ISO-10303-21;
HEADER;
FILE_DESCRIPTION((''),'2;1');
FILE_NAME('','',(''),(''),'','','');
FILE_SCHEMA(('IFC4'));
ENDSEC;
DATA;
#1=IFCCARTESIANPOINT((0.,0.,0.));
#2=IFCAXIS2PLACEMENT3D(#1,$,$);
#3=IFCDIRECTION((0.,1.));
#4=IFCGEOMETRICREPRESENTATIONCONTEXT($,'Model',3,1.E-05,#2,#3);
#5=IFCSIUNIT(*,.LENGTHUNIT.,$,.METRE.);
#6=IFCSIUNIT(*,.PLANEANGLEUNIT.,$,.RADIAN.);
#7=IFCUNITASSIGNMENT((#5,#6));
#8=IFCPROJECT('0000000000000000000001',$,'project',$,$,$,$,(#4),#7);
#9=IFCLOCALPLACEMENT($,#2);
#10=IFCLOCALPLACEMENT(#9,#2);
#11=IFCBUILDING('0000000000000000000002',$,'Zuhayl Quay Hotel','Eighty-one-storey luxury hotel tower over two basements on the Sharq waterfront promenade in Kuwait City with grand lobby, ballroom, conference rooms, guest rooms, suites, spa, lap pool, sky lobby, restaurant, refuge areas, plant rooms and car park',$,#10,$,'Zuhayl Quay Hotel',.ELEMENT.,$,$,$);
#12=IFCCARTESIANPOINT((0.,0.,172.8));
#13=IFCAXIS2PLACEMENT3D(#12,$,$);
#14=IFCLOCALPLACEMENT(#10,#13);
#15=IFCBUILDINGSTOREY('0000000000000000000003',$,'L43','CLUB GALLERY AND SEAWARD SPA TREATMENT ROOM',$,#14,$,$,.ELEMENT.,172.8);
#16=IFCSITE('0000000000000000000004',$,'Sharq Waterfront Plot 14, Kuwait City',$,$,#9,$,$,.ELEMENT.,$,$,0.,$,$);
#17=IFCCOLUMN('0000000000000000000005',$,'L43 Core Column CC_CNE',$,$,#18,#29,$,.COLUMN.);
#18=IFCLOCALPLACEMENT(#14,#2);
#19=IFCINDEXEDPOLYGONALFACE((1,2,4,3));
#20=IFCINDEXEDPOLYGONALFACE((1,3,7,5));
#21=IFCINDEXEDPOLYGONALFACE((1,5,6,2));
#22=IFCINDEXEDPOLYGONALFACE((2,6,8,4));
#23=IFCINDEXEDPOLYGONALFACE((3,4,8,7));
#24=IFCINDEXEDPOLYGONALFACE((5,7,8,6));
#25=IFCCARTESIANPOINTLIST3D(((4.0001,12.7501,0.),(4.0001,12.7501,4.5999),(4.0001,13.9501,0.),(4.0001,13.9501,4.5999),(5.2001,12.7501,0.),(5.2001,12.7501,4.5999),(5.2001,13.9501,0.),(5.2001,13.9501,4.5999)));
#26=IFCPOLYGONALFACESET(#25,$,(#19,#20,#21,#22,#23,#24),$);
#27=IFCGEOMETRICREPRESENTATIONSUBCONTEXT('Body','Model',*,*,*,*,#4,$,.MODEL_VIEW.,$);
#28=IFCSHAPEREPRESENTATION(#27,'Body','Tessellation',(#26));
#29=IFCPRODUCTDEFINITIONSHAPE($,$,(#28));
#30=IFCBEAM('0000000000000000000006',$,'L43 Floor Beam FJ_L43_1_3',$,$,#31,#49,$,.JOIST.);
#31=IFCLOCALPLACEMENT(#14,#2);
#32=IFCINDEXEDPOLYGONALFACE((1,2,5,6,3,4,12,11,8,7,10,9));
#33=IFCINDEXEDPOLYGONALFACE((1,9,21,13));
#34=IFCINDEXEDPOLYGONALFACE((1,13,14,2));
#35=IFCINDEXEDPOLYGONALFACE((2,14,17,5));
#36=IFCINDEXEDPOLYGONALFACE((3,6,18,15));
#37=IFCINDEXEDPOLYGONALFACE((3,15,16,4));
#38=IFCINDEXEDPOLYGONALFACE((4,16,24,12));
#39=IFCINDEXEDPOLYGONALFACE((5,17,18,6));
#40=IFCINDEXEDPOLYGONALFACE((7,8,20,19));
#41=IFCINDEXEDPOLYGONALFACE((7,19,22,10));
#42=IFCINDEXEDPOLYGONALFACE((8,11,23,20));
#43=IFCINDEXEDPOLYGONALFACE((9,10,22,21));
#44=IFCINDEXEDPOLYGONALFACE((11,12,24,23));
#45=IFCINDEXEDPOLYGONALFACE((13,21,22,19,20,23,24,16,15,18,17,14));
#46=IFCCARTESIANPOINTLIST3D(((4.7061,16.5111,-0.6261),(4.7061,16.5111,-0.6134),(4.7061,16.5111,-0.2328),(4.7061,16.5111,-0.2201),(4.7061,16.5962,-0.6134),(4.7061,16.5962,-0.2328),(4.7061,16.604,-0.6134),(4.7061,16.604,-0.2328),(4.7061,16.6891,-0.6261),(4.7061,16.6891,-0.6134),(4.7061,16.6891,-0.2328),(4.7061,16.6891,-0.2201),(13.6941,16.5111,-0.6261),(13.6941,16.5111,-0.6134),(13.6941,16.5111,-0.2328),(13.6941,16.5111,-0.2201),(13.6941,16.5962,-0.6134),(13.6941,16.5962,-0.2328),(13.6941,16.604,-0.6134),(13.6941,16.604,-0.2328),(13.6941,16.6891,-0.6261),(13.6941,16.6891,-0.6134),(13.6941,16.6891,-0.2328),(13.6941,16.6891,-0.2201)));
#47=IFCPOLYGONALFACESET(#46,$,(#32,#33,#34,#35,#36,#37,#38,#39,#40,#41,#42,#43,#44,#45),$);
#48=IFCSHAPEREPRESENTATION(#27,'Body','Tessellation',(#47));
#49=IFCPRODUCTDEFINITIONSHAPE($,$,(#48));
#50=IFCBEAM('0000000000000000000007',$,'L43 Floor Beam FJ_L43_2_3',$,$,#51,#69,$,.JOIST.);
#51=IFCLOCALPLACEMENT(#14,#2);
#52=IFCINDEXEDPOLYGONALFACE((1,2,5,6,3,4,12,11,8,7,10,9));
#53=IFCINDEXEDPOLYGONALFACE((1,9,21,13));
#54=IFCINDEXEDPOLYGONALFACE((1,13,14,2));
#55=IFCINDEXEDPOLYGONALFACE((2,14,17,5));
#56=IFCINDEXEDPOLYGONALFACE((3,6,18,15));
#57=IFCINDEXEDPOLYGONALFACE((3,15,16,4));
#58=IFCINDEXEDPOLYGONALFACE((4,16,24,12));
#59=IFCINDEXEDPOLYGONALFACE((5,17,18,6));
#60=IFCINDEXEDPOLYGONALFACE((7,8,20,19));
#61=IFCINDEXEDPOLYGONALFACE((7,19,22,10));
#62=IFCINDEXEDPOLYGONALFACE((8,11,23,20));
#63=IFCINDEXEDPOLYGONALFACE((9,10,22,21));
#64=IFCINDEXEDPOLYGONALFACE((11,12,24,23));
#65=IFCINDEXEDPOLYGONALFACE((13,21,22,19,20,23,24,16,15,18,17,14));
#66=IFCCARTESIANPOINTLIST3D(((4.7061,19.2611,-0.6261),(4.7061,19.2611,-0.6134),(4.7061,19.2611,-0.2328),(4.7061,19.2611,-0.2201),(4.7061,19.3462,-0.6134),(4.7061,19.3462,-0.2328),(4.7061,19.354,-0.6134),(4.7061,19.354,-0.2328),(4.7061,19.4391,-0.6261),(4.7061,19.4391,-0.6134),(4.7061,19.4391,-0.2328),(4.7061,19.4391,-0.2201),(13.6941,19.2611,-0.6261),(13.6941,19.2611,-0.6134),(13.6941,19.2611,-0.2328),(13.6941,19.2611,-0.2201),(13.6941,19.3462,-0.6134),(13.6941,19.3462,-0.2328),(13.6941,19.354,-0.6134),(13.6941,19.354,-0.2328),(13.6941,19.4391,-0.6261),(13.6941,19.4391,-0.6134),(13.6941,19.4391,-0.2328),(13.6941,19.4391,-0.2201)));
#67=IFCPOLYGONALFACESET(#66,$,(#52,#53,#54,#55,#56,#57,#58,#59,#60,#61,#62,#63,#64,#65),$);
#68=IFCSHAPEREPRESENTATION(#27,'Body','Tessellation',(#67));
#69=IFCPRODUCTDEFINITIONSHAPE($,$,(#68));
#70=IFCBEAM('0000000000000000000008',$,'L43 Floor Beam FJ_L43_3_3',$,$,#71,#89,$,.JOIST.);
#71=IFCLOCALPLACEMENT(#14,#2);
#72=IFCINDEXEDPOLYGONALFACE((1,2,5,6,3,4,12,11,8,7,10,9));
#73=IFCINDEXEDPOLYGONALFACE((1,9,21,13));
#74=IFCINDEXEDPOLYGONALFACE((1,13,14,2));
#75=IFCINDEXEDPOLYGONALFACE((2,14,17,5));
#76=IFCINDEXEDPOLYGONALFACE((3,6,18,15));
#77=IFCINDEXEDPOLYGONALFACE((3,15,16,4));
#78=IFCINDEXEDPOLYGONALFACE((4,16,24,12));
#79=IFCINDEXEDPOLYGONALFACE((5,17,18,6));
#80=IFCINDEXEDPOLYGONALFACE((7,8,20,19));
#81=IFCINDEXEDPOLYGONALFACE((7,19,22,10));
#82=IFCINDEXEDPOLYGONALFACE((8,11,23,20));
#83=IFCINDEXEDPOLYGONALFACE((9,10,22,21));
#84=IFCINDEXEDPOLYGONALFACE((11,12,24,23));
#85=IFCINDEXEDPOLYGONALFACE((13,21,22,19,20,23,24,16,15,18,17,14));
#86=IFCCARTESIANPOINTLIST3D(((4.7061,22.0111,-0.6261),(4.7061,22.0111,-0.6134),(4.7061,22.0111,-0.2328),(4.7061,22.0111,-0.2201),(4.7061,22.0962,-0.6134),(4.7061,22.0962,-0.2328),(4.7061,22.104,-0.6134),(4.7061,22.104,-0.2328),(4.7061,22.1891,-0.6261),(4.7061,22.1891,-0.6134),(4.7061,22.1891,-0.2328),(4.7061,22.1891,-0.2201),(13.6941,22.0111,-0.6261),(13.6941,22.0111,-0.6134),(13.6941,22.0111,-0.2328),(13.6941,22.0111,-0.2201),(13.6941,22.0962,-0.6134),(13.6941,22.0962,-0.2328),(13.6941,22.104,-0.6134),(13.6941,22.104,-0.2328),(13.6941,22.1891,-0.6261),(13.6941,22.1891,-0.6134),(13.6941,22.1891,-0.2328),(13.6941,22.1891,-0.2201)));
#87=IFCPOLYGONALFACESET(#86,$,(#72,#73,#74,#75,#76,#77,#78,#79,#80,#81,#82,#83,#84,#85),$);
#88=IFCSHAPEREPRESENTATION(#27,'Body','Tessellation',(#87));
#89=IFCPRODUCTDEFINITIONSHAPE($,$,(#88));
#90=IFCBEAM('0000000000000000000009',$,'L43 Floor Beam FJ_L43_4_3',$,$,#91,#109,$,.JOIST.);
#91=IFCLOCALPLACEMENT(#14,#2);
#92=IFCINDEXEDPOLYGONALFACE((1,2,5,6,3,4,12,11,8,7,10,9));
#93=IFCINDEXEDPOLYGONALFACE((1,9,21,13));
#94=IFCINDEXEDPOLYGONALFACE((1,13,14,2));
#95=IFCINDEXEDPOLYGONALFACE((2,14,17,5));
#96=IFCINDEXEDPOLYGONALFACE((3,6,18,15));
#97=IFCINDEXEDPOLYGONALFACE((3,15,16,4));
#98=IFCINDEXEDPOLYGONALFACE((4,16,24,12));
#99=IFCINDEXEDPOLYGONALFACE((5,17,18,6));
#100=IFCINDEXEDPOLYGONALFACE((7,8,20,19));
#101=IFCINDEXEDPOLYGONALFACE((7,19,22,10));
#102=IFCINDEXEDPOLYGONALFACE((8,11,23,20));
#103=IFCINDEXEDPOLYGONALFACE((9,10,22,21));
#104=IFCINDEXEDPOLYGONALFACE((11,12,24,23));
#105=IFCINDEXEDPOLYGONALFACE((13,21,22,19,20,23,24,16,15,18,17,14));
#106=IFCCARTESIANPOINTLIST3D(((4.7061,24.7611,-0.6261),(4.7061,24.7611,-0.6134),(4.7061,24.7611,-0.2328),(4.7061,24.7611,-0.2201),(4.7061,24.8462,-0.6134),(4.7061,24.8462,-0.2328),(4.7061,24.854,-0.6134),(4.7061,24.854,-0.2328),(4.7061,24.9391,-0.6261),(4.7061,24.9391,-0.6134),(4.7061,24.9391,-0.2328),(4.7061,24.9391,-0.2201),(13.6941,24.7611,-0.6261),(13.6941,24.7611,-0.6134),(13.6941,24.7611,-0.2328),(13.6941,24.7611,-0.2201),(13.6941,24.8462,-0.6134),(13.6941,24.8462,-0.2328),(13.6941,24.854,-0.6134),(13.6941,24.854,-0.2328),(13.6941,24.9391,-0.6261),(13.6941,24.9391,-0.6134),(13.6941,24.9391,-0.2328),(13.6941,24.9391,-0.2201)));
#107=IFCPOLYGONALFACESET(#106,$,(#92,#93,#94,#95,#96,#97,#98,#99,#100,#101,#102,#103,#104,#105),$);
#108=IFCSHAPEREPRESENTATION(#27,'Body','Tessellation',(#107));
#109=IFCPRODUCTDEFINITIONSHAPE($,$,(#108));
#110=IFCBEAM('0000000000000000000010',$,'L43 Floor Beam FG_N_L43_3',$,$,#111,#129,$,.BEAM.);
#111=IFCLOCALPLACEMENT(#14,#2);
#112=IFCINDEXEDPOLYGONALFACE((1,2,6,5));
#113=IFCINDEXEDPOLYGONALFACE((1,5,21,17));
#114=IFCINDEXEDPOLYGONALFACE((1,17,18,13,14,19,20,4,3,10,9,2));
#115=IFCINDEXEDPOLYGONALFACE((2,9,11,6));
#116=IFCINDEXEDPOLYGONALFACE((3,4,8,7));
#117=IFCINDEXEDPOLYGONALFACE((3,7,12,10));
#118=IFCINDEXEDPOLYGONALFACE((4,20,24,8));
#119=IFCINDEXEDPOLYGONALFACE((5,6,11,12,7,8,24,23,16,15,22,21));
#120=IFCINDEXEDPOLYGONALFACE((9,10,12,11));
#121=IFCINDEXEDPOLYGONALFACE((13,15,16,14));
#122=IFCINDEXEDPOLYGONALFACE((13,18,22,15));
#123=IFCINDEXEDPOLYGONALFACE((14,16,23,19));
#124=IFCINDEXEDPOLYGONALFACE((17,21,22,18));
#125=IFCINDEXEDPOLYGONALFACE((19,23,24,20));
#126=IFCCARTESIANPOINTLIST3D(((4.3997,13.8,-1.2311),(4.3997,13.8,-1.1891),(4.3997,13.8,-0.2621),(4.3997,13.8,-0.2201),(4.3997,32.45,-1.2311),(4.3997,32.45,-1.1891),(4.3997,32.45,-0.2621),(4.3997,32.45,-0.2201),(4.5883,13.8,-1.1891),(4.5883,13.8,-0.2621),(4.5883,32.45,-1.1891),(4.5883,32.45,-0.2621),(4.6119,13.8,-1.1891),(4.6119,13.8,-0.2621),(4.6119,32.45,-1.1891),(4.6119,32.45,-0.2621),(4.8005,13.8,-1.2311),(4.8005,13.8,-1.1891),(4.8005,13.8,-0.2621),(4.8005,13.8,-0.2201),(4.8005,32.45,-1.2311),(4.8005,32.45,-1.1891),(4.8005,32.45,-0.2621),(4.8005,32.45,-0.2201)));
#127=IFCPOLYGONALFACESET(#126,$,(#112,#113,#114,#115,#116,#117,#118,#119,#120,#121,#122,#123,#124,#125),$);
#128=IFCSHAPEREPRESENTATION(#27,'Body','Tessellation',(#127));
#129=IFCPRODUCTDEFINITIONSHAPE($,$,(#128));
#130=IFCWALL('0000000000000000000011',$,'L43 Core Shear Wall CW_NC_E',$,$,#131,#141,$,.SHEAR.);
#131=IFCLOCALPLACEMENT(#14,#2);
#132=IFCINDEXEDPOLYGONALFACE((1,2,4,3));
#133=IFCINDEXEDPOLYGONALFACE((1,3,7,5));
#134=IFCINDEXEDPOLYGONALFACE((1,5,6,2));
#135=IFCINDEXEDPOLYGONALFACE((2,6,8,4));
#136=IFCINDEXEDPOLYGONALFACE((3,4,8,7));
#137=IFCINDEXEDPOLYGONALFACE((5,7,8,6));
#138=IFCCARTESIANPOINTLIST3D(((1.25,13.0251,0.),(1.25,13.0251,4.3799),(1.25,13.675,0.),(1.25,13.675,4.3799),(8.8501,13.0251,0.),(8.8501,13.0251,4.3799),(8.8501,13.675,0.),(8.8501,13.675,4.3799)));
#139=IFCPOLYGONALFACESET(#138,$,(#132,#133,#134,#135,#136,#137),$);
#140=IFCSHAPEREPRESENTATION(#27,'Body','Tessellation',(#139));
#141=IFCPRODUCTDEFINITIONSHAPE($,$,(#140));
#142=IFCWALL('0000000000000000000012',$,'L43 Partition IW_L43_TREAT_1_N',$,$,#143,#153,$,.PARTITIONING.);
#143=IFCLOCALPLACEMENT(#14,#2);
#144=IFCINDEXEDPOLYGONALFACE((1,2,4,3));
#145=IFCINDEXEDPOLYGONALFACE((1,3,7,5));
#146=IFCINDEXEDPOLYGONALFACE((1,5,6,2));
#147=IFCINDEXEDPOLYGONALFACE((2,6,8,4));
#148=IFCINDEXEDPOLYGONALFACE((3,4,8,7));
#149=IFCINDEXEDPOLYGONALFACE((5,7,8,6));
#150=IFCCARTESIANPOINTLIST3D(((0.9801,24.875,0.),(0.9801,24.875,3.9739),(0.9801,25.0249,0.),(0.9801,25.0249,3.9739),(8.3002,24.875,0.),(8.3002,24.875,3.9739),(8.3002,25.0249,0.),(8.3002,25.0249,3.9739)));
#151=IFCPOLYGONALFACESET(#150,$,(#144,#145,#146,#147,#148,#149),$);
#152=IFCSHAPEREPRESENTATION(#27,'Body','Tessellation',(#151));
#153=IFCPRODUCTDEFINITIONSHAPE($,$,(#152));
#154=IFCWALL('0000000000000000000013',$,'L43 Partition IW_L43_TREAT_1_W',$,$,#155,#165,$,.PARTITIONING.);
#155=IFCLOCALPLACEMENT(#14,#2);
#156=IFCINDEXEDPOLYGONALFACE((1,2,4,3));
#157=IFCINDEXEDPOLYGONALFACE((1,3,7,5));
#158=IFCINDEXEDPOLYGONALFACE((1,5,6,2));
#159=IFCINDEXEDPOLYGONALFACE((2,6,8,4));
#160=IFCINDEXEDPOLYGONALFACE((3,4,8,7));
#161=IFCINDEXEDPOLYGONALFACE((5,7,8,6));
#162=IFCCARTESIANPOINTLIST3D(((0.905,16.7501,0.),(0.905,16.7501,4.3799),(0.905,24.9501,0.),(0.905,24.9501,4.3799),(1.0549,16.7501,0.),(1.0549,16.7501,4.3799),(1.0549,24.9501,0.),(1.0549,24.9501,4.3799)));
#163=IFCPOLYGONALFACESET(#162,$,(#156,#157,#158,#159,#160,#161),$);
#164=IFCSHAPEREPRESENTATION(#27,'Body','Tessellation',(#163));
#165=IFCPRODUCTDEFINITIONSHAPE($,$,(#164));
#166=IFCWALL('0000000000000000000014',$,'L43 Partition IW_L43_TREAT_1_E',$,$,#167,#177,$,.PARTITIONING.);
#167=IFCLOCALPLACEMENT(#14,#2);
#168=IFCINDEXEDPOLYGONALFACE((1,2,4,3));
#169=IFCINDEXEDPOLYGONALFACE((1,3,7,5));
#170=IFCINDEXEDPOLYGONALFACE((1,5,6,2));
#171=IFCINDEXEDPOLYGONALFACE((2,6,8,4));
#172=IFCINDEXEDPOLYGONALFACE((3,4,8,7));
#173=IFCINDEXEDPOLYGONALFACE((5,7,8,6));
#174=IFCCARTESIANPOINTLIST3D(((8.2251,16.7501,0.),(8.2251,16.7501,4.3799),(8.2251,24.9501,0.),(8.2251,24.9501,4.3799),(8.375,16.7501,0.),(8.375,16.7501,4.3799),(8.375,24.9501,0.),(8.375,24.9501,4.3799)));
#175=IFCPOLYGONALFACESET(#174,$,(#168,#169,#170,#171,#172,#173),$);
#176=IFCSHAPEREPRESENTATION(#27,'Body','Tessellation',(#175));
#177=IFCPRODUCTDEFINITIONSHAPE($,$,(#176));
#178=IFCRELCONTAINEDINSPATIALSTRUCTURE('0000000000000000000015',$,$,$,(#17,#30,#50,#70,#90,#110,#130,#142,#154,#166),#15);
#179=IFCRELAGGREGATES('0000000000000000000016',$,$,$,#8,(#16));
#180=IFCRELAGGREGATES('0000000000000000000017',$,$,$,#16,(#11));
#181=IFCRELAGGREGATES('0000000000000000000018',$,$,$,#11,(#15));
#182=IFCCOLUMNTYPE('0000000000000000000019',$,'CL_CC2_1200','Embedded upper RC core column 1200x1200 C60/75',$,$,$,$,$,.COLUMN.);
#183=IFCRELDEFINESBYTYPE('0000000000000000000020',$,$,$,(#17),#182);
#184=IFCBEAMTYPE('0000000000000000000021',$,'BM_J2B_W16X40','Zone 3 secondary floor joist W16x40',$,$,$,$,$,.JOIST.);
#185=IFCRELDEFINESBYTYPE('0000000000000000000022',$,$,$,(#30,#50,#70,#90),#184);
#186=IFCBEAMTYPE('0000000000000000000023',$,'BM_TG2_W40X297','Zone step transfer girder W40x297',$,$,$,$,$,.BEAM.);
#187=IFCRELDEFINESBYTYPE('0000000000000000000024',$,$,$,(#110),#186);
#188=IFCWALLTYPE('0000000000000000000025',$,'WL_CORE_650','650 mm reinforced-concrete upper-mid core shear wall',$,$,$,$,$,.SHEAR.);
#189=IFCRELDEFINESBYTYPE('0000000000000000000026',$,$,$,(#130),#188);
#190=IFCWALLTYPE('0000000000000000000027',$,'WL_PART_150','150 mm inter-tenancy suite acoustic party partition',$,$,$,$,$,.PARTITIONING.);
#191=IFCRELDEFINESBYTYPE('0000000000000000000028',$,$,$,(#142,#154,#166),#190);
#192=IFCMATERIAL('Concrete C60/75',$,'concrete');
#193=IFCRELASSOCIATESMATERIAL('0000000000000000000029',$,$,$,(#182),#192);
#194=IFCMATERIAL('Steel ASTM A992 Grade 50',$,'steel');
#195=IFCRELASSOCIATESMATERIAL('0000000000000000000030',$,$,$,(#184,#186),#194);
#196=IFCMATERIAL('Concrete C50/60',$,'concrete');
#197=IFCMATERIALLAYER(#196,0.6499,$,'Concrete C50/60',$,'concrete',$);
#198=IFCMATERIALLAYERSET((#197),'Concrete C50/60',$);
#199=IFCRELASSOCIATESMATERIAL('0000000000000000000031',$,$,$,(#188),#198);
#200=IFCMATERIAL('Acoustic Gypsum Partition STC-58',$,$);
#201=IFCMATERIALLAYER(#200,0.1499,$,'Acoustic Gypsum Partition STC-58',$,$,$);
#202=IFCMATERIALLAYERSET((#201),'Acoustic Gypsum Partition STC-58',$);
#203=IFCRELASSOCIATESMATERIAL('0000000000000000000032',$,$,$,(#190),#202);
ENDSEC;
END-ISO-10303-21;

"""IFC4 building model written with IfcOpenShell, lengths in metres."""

from ifc_helpers import new_model, si_unit, direction, frame, frame_2d, origin, origin_2d, place, context, subcontext, project, spatial, rectangle, i_section, extrude, material, layer, layer_set, material_profile, profile_set, type_object, element, save


model = new_model("IFC4")

# Units and contexts
model_context = context("Model", 3, precision=1e-05, world=origin(), true_north=direction((0.0, 1.0)))
body_context = subcontext(model_context, "Body", "Model", "MODEL_VIEW")
ifc_project = project(units=[si_unit("LENGTHUNIT", "METRE"), si_unit("PLANEANGLEUNIT", "RADIAN")], contexts=[model_context])

# Site, building, storey
site_placement = place(None, origin())
site = spatial("IfcSite", under=ifc_project, at=site_placement, Name="Sharq Waterfront Plot 14, Kuwait City", CompositionType="ELEMENT", RefElevation=0.0)
building_placement = place(site_placement, origin())
building = spatial("IfcBuilding", under=site, at=building_placement, Name="Zuhayl Quay Hotel", Description="Eighty-one-storey luxury hotel tower over two basements on the Sharq waterfront promenade in Kuwait City with grand lobby, ballroom, conference rooms, guest rooms, suites, spa, lap pool, sky lobby, restaurant, refuge areas, plant rooms and car park", LongName="Zuhayl Quay Hotel", CompositionType="ELEMENT")
storey_placement = place(building_placement, frame((0.0, 0.0, 172.8)))
storey = spatial("IfcBuildingStorey", under=building, at=storey_placement, Name="L43", Description="CLUB GALLERY AND SEAWARD SPA TREATMENT ROOM", CompositionType="ELEMENT", Elevation=172.8)

# Column
ifc_material_1 = material(Name="Concrete C60/75", Category="concrete")
ifc_material_profile_1 = material_profile(ifc_material_1, rectangle(XDim=1.2, YDim=1.2, at=origin_2d()), Name="RC1200X1200")
ifc_profile_set_1 = profile_set([ifc_material_profile_1], Name="Concrete C60/75")
column_type = type_object("IfcColumnType", Name="CL_CC2_1200", Description="Embedded upper RC core column 1200x1200 C60/75", PredefinedType="COLUMN", material=ifc_profile_set_1)
column_placement = place(storey_placement, frame((4.6001, 13.3501, 0.0), z_axis=(0.0, 0.0, 1.0), x_axis=(1.0, 0.0, 0.0)))
element("IfcColumn", 1, at=column_placement, inside=storey, type_object=column_type, Name="L43 Core Column CC_CNE", PredefinedType="COLUMN", context=body_context, shape_type="SweptSolid", body=[
    extrude(rectangle(XDim=1.2, YDim=1.2, at=origin_2d()), origin(), (0.0, 0.0, 1.0), 4.5999),
])

# Beams
ifc_material_2 = material(Name="Steel ASTM A992 Grade 50", Category="steel")
ifc_material_profile_2 = material_profile(ifc_material_2, i_section(OverallWidth=0.178, OverallDepth=0.406, WebThickness=0.0078, FlangeThickness=0.0127, at=origin_2d()), Name="W16X40")
ifc_profile_set_2 = profile_set([ifc_material_profile_2], Name="Steel ASTM A992 Grade 50")
beam_type_1 = type_object("IfcBeamType", Name="BM_J2B_W16X40", Description="Zone 3 secondary floor joist W16x40", PredefinedType="JOIST", material=ifc_profile_set_2)
for number, where, z_axis, x_axis, name in (
    (2, (4.7061, 16.6001, -0.4231), (1.0, 0.0, 0.0), (0.0, 1.0, 0.0), "L43 Floor Beam FJ_L43_1_3"),
    (3, (4.7061, 19.3501, -0.4231), (1.0, 0.0, 0.0), (0.0, 1.0, 0.0), "L43 Floor Beam FJ_L43_2_3"),
    (4, (4.7061, 22.1001, -0.4231), (1.0, 0.0, 0.0), (0.0, 1.0, 0.0), "L43 Floor Beam FJ_L43_3_3"),
    (5, (4.7061, 24.8501, -0.4231), (1.0, 0.0, 0.0), (0.0, 1.0, 0.0), "L43 Floor Beam FJ_L43_4_3"),
):
    element("IfcBeam", number, at=place(storey_placement, frame(where, z_axis=z_axis, x_axis=x_axis)), inside=storey, type_object=beam_type_1, Name=name, PredefinedType="JOIST", context=body_context, shape_type="SweptSolid", body=[
        extrude(i_section(OverallWidth=0.178, OverallDepth=0.406, WebThickness=0.0078, FlangeThickness=0.0127, at=origin_2d()), origin(), (0.0, 0.0, 1.0), 8.988),
    ])
ifc_material_profile_3 = material_profile(ifc_material_2, i_section(OverallWidth=0.4009, OverallDepth=1.011, WebThickness=0.0237, FlangeThickness=0.042, at=origin_2d()), Name="W40X297")
ifc_profile_set_3 = profile_set([ifc_material_profile_3], Name="Steel ASTM A992 Grade 50")
beam_type_2 = type_object("IfcBeamType", Name="BM_TG2_W40X297", Description="Zone step transfer girder W40x297", PredefinedType="BEAM", material=ifc_profile_set_3)
beam_placement = place(storey_placement, frame((4.6001, 13.8, -0.7256), z_axis=(0.0, 1.0, 0.0), x_axis=(-1.0, 0.0, 0.0)))
element("IfcBeam", 6, at=beam_placement, inside=storey, type_object=beam_type_2, Name="L43 Floor Beam FG_N_L43_3", PredefinedType="BEAM", context=body_context, shape_type="SweptSolid", body=[
    extrude(i_section(OverallWidth=0.4009, OverallDepth=1.011, WebThickness=0.0237, FlangeThickness=0.042, at=origin_2d()), origin(), (0.0, 0.0, 1.0), 18.6499),
])

# Walls
ifc_material_3 = material(Name="Concrete C50/60", Category="concrete")
ifc_layer_1 = layer(ifc_material_3, 0.6499, Name="Concrete C50/60", Category="concrete")
ifc_layer_set_1 = layer_set([ifc_layer_1], Name="Concrete C50/60")
wall_type_1 = type_object("IfcWallType", Name="WL_CORE_650", Description="650 mm reinforced-concrete upper-mid core shear wall", PredefinedType="SHEAR", material=ifc_layer_set_1)
wall_1_placement = place(storey_placement, frame((1.25, 13.3501, 0.0), z_axis=(0.0, 0.0, 1.0), x_axis=(1.0, 0.0, 0.0)))
element("IfcWall", 7, at=wall_1_placement, inside=storey, type_object=wall_type_1, Name="L43 Core Shear Wall CW_NC_E", PredefinedType="SHEAR", context=body_context, shape_type="SweptSolid", body=[
    extrude(rectangle(XDim=7.6001, YDim=0.6499, at=frame_2d((3.8, 0.0))), origin(), (0.0, 0.0, 1.0), 4.3799),
])
ifc_material_4 = material(Name="Acoustic Gypsum Partition STC-58")
ifc_layer_2 = layer(ifc_material_4, 0.1499, Name="Acoustic Gypsum Partition STC-58")
ifc_layer_set_2 = layer_set([ifc_layer_2], Name="Acoustic Gypsum Partition STC-58")
wall_type_2 = type_object("IfcWallType", Name="WL_PART_150", Description="150 mm inter-tenancy suite acoustic party partition", PredefinedType="PARTITIONING", material=ifc_layer_set_2)
wall_2_placement = place(storey_placement, frame((0.98, 24.95, 0.0), z_axis=(0.0, 0.0, 1.0), x_axis=(1.0, 0.0, 0.0)))
element("IfcWall", 8, at=wall_2_placement, inside=storey, type_object=wall_type_2, Name="L43 Partition IW_L43_TREAT_1_N", PredefinedType="PARTITIONING", context=body_context, shape_type="SweptSolid", body=[
    extrude(rectangle(XDim=7.3201, YDim=0.1499, at=frame_2d((3.6602, 0.0))), origin(), (0.0, 0.0, 1.0), 3.9739),
])
for number, where, z_axis, x_axis, name in (
    (9, (0.98, 16.75, 0.0), (0.0, 0.0, 1.0), (0.0, 1.0, 0.0), "L43 Partition IW_L43_TREAT_1_W"),
    (10, (8.3, 16.75, 0.0), (0.0, 0.0, 1.0), (0.0, 1.0, 0.0), "L43 Partition IW_L43_TREAT_1_E"),
):
    element("IfcWall", number, at=place(storey_placement, frame(where, z_axis=z_axis, x_axis=x_axis)), inside=storey, type_object=wall_type_2, Name=name, PredefinedType="PARTITIONING", context=body_context, shape_type="SweptSolid", body=[
        extrude(rectangle(XDim=8.2, YDim=0.1499, at=frame_2d((4.1001, 0.0))), origin(), (0.0, 0.0, 1.0), 4.3799),
    ])

save(model, "model.ifc")
